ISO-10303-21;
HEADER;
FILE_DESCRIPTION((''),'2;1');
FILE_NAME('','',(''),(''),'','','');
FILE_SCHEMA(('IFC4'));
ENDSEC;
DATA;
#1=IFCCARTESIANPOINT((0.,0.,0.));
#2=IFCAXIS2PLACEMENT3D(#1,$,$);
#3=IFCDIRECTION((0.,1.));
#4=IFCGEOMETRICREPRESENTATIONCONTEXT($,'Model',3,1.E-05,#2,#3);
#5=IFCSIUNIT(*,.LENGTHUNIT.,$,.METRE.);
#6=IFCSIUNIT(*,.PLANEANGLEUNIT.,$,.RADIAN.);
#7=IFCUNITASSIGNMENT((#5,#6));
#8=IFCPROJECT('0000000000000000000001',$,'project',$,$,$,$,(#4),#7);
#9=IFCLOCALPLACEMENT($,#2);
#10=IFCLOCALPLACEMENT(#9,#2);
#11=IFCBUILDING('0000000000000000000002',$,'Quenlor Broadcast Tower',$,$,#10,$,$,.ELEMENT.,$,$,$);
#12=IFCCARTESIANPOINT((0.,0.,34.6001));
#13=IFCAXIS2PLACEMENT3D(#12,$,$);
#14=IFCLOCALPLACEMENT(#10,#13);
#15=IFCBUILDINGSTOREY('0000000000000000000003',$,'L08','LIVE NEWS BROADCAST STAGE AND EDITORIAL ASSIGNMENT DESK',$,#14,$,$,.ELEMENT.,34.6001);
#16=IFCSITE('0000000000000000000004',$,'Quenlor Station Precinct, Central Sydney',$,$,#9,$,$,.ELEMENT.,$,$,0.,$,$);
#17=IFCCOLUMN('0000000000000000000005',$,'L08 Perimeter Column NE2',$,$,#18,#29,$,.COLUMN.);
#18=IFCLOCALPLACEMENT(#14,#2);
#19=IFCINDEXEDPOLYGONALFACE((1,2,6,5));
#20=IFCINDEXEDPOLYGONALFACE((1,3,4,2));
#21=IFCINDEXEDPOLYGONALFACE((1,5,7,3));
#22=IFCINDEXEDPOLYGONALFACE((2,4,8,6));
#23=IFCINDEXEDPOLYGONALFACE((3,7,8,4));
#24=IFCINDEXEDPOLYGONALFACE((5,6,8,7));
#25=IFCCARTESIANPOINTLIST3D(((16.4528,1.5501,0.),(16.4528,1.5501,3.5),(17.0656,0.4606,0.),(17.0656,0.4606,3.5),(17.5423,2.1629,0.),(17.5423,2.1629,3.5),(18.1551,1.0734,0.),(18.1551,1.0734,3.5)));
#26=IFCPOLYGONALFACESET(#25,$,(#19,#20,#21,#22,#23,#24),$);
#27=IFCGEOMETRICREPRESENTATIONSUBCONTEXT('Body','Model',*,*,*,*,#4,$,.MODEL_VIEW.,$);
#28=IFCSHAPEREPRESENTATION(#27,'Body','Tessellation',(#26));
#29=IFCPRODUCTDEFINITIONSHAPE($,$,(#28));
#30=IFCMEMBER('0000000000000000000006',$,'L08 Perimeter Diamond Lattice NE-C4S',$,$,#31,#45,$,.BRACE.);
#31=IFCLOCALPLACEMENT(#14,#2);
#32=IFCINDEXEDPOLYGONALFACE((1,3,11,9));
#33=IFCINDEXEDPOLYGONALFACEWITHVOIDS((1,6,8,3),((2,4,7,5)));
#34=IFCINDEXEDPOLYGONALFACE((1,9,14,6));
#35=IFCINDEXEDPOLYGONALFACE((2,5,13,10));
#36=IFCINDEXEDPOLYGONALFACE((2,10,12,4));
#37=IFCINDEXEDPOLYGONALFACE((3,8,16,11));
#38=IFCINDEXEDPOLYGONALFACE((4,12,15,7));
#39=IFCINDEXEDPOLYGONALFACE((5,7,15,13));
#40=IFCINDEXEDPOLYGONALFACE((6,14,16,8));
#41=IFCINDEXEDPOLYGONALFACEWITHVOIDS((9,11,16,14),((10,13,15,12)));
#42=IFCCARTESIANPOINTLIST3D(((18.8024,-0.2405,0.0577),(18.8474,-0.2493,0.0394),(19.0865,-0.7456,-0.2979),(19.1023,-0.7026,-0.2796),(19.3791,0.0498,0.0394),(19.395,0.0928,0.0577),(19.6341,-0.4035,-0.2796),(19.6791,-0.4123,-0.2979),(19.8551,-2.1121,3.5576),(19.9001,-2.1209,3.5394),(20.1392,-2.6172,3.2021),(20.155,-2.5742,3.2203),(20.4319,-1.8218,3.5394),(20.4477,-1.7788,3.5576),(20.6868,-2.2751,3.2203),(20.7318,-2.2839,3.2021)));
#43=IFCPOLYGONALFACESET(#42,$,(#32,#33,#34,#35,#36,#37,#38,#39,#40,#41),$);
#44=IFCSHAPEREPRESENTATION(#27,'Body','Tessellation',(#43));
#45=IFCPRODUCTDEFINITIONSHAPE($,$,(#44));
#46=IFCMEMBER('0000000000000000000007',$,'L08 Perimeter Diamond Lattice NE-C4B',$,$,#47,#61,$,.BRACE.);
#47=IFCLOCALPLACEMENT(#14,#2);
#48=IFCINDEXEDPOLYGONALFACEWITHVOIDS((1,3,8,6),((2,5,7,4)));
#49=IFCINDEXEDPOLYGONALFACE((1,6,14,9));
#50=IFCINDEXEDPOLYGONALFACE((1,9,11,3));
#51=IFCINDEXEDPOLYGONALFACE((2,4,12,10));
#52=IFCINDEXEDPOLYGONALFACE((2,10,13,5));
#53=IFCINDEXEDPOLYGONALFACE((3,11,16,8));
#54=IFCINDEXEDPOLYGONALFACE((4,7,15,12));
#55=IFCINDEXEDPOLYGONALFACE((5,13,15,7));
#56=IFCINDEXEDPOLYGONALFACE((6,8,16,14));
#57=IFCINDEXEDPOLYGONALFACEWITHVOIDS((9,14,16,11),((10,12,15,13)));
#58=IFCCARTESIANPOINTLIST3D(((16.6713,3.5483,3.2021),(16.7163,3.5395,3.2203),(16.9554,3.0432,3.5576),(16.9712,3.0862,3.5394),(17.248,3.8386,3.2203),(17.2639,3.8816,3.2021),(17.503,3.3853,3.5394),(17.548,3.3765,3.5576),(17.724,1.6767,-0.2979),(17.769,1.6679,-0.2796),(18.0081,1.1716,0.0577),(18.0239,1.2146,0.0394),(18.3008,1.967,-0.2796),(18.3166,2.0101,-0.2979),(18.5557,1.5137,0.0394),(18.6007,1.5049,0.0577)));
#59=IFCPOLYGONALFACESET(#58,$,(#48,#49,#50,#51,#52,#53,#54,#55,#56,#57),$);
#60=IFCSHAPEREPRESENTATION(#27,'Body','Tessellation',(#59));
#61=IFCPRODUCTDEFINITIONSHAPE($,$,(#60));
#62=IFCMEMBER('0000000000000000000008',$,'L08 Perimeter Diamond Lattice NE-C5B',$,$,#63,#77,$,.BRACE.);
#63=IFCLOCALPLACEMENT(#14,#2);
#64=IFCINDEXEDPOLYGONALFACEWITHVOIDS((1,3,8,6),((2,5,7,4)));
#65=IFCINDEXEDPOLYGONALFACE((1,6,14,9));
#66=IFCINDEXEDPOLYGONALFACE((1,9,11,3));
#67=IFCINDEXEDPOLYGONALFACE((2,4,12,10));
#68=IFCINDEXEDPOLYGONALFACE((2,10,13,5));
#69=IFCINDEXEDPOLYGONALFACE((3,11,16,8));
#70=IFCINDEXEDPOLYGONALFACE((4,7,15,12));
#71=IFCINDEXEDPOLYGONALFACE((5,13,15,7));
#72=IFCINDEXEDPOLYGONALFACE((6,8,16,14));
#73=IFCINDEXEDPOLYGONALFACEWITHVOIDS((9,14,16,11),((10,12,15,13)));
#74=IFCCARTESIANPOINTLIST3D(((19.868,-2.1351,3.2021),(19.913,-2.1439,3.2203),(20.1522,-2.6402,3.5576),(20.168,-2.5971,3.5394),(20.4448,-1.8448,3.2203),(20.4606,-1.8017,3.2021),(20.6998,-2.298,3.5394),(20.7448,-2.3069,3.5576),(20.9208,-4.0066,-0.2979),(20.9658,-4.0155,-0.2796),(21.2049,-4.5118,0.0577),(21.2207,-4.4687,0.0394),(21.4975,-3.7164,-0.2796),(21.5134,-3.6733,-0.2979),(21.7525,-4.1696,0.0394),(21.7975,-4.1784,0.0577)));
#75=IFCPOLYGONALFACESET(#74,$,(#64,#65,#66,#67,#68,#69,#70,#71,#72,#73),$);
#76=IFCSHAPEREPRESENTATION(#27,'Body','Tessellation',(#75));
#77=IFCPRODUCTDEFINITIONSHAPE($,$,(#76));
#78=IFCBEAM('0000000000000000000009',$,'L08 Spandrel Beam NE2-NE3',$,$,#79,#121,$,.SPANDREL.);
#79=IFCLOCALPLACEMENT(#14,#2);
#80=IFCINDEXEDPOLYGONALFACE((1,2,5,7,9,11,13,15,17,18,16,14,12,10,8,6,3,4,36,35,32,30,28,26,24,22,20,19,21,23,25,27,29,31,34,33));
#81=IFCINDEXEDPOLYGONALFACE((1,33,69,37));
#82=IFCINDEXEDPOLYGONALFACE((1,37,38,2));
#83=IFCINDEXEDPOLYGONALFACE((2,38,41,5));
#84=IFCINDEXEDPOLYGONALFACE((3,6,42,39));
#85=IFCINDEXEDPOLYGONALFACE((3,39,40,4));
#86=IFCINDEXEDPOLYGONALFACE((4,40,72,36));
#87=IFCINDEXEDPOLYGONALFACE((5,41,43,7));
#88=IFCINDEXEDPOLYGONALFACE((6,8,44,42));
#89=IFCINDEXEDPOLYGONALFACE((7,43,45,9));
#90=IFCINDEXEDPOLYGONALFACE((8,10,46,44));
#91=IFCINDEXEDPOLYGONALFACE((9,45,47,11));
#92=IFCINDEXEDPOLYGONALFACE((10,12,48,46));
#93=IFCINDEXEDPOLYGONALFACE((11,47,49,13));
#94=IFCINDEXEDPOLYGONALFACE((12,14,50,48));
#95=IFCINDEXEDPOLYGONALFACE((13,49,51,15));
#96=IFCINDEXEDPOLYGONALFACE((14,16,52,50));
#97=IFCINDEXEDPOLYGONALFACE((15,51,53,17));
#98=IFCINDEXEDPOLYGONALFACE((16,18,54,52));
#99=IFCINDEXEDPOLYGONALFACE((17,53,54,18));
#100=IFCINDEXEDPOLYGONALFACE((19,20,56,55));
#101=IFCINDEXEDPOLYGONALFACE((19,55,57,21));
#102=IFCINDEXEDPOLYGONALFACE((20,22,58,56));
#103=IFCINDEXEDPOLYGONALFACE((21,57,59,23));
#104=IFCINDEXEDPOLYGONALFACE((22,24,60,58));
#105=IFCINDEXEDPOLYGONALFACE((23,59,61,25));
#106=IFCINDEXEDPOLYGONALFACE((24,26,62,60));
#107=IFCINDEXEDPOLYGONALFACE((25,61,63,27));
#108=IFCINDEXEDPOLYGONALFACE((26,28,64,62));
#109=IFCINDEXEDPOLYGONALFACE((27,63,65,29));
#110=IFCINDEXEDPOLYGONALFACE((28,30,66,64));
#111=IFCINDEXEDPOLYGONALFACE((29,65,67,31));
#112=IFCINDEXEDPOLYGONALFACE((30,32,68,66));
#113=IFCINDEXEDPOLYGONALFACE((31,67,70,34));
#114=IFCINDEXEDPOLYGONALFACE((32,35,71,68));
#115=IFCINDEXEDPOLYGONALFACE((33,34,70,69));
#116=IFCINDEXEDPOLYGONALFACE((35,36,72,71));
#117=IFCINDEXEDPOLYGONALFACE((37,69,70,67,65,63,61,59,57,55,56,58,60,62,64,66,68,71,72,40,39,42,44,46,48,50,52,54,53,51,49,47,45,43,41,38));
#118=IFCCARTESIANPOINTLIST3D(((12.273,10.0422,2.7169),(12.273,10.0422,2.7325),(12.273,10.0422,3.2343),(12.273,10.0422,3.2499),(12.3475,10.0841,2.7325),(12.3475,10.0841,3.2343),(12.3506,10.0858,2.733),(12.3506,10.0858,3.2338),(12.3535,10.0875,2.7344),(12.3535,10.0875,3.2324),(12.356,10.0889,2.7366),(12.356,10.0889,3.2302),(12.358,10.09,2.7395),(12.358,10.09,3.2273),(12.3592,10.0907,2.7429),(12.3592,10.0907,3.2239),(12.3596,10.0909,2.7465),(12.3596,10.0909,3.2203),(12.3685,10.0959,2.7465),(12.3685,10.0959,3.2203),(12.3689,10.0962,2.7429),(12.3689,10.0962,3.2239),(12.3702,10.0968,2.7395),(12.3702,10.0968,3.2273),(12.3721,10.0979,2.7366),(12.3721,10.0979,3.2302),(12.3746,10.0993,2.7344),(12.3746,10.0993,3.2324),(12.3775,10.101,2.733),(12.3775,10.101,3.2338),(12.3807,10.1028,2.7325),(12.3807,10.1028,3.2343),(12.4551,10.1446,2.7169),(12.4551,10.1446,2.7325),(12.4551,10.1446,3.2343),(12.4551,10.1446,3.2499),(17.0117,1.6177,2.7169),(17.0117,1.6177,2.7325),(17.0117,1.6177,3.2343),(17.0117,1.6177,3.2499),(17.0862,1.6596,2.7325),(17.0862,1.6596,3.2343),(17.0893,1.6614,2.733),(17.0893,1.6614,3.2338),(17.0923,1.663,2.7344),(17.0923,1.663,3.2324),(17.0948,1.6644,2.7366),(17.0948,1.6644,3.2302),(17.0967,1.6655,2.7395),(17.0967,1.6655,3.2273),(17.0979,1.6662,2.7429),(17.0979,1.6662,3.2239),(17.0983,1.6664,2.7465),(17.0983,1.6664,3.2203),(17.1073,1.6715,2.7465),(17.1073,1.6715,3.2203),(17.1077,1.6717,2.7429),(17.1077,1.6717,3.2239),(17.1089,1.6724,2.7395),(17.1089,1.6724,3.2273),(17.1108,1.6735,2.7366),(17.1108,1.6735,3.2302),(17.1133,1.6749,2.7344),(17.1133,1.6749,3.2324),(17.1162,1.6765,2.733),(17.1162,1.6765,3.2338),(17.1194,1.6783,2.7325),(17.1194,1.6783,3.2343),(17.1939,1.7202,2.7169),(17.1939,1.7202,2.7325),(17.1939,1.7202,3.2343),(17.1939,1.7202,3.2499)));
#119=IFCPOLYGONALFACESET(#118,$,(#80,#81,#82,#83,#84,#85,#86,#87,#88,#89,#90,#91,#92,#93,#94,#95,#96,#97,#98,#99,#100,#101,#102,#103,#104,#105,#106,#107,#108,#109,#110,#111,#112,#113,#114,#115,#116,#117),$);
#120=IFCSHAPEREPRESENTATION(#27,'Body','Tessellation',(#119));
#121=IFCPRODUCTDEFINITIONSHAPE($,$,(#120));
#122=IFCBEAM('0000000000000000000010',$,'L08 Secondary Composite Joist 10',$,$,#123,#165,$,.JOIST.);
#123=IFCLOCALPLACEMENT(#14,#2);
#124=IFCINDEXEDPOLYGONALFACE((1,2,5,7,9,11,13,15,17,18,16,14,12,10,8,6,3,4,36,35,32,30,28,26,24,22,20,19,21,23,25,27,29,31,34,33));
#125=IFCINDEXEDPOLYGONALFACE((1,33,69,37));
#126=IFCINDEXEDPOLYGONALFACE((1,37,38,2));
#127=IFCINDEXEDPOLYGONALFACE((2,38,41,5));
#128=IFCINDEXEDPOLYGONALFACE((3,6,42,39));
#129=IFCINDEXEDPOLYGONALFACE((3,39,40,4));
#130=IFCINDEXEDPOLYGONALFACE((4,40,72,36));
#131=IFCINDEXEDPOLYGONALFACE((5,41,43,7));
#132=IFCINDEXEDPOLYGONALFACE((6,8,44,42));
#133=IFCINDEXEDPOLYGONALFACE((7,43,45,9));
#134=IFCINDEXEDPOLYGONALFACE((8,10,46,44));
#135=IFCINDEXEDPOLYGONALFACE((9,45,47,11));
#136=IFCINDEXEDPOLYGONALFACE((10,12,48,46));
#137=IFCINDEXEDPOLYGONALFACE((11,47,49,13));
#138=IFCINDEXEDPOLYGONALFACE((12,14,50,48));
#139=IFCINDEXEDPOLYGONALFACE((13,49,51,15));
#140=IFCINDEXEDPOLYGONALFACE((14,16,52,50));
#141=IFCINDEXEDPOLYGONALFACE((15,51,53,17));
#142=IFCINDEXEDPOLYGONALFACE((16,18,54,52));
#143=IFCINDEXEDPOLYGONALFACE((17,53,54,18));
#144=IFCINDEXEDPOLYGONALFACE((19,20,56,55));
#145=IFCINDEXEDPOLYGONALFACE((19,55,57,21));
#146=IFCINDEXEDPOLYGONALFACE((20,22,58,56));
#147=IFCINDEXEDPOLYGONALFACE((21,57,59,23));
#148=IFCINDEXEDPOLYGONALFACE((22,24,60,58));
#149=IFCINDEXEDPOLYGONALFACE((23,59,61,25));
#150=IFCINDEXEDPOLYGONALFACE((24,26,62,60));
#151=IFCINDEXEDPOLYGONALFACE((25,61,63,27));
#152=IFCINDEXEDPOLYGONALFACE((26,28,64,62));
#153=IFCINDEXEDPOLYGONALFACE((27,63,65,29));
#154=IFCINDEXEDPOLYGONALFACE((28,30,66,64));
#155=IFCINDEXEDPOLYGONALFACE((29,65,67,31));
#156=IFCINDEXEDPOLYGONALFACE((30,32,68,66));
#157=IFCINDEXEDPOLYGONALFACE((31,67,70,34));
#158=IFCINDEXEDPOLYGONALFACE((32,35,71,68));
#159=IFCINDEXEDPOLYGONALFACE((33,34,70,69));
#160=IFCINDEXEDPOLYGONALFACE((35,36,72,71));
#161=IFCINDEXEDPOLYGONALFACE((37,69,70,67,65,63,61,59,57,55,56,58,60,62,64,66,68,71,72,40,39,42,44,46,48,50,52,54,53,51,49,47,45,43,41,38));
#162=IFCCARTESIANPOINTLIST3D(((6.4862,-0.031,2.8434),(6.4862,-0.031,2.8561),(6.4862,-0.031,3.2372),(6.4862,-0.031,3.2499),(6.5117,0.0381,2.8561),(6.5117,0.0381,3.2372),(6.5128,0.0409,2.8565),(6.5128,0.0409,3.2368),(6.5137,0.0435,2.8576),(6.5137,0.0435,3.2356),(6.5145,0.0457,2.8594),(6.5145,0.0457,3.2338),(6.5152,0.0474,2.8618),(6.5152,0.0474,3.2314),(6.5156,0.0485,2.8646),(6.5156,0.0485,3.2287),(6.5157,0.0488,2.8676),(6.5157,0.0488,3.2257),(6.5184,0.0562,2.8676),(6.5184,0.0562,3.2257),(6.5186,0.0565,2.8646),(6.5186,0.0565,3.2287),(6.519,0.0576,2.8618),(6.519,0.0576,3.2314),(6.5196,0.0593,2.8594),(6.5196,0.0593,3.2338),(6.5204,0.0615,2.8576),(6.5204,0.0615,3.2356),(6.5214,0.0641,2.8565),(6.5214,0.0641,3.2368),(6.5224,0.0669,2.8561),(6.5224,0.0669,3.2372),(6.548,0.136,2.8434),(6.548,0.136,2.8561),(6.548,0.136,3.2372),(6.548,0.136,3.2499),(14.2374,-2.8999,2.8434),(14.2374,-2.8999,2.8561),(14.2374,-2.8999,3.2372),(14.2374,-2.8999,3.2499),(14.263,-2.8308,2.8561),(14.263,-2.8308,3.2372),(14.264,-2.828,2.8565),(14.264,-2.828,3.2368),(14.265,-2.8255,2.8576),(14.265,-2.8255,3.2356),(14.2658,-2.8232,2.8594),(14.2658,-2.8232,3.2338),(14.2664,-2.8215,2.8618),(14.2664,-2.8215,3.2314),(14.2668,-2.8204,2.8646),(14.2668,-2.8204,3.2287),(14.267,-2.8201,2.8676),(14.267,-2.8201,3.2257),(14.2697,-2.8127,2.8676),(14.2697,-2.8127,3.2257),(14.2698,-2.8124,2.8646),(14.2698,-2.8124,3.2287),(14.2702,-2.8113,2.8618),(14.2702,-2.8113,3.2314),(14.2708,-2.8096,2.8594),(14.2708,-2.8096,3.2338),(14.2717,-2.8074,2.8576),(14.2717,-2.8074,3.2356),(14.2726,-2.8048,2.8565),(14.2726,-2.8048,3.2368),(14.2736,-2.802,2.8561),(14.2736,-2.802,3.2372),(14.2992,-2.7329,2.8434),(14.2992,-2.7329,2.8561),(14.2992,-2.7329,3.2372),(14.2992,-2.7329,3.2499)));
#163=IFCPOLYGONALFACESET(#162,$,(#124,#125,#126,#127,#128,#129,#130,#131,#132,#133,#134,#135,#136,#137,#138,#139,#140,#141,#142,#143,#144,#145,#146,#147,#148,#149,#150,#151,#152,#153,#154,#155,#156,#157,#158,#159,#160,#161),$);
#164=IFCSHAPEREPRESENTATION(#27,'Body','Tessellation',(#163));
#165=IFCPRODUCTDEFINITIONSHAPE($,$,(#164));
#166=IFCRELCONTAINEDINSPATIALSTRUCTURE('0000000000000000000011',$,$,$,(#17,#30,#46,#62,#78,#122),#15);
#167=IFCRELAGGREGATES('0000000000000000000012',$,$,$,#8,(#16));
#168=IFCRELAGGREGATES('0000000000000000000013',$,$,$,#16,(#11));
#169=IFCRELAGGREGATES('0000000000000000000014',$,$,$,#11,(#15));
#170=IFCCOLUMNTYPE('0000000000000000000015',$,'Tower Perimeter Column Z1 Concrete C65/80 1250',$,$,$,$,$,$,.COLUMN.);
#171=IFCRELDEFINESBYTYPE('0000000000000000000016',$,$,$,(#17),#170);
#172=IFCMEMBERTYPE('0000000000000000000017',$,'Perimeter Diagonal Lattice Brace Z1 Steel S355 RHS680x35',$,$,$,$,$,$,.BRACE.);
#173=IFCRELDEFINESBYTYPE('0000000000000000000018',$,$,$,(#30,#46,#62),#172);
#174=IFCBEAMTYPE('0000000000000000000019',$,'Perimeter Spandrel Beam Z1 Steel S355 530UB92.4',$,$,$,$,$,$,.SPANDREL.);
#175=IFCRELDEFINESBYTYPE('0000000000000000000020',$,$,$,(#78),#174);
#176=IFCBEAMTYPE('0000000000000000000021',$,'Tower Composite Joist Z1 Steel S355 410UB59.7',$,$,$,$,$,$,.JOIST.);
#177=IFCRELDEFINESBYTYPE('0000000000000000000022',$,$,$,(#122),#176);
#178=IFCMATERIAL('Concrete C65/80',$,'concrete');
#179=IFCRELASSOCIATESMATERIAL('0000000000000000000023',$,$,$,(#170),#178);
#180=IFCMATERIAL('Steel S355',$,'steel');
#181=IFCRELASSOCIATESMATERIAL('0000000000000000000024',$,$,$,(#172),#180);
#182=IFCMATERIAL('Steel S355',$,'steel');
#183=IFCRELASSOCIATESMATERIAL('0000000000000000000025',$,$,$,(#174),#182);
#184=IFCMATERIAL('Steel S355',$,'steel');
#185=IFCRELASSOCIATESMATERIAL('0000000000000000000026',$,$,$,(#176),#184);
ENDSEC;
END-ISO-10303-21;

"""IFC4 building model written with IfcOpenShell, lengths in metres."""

from ifc_helpers import new_model, si_unit, direction, frame, origin, origin_2d, place, context, subcontext, project, spatial, rectangle, hollow_rectangle, i_section, extrude, material, material_profile, profile_set, type_object, element, save


model = new_model("IFC4")

# Units and contexts
model_context = context("Model", 3, precision=1e-05, world=origin(), true_north=direction((0.0, 1.0)))
body_context = subcontext(model_context, "Body", "Model", "MODEL_VIEW")
ifc_project = project(units=[si_unit("LENGTHUNIT", "METRE"), si_unit("PLANEANGLEUNIT", "RADIAN")], contexts=[model_context])

# Site, building, storey
site_placement = place(None, origin())
site = spatial("IfcSite", under=ifc_project, at=site_placement, Name="Quenlor Station Precinct, Central Sydney", CompositionType="ELEMENT", RefElevation=0.0)
building_placement = place(site_placement, origin())
building = spatial("IfcBuilding", under=site, at=building_placement, Name="Quenlor Broadcast Tower", CompositionType="ELEMENT")
storey_placement = place(building_placement, frame((0.0, 0.0, 34.6001)))
storey = spatial("IfcBuildingStorey", under=building, at=storey_placement, Name="L08", Description="LIVE NEWS BROADCAST STAGE AND EDITORIAL ASSIGNMENT DESK", CompositionType="ELEMENT", Elevation=34.6001)

# Column
ifc_material_1 = material(Name="Concrete C65/80", Category="concrete")
ifc_material_profile_1 = material_profile(ifc_material_1, rectangle(XDim=1.25, YDim=1.25, at=origin_2d()))
ifc_profile_set_1 = profile_set([ifc_material_profile_1], Name="Concrete C65/80 RC1250x1250")
column_type = type_object("IfcColumnType", Name="Tower Perimeter Column Z1 Concrete C65/80 1250", PredefinedType="COLUMN", material=ifc_profile_set_1)
column_placement = place(storey_placement, frame((17.304, 1.3118, 0.0), z_axis=(0.0, 0.0, 1.0), x_axis=(0.871575, 0.490262, 0.0)))
element("IfcColumn", 1, at=column_placement, inside=storey, type_object=column_type, Name="L08 Perimeter Column NE2", PredefinedType="COLUMN", context=body_context, shape_type="SweptSolid", body=[
    extrude(rectangle(XDim=1.25, YDim=1.25, at=origin_2d()), origin(), (0.0, 0.0, 1.0), 3.5),
])

# Members
ifc_material_2 = material(Name="Steel S355", Category="steel")
ifc_material_profile_2 = material_profile(ifc_material_2, hollow_rectangle(XDim=0.6799, YDim=0.6799, WallThickness=0.0349, at=origin_2d()))
ifc_profile_set_2 = profile_set([ifc_material_profile_2], Name="Steel S355 RHS680x680x35")
member_type = type_object("IfcMemberType", Name="Perimeter Diagonal Lattice Brace Z1 Steel S355 RHS680x35", PredefinedType="BRACE", material=ifc_profile_set_2)
for number, where, z_axis, x_axis, name in (
    (2, (19.2407, -0.3264, -0.1201), (0.256375, -0.455792, 0.852365), (0.871582, 0.49025, 0.0), "L08 Perimeter Diamond Lattice NE-C4S"),
    (3, (18.1624, 1.5908, -0.1201), (-0.256375, 0.455792, 0.852365), (-0.871582, -0.49025, 0.0), "L08 Perimeter Diamond Lattice NE-C4B"),
    (4, (21.3591, -4.0925, -0.1201), (-0.256375, 0.455792, 0.852365), (-0.871582, -0.49025, 0.0), "L08 Perimeter Diamond Lattice NE-C5B"),
):
    element("IfcMember", number, at=place(storey_placement, frame(where, z_axis=z_axis, x_axis=x_axis)), inside=storey, type_object=member_type, Name=name, PredefinedType="BRACE", context=body_context, shape_type="SweptSolid", body=[
        extrude(hollow_rectangle(XDim=0.6799, YDim=0.6799, WallThickness=0.0349, at=origin_2d()), origin(), (0.0, 0.0, 1.0), 4.1062),
    ])

# Beams
ifc_material_3 = material(Name="Steel S355", Category="steel")
ifc_material_profile_3 = material_profile(ifc_material_3, i_section(OverallWidth=0.209, OverallDepth=0.533, WebThickness=0.0103, FlangeThickness=0.0156, FilletRadius=0.0139, at=origin_2d()))
ifc_profile_set_3 = profile_set([ifc_material_profile_3], Name="Steel S355 530UB92.4")
beam_type_1 = type_object("IfcBeamType", Name="Perimeter Spandrel Beam Z1 Steel S355 530UB92.4", PredefinedType="SPANDREL", material=ifc_profile_set_3)
beam_1_placement = place(storey_placement, frame((17.1028, 1.6689, 2.9834), z_axis=(-0.490258, 0.871578, 0.0), x_axis=(-0.871578, -0.490258, 0.0)))
element("IfcBeam", 5, at=beam_1_placement, inside=storey, type_object=beam_type_1, Name="L08 Spandrel Beam NE2-NE3", PredefinedType="SPANDREL", context=body_context, shape_type="SweptSolid", body=[
    extrude(i_section(OverallWidth=0.209, OverallDepth=0.533, WebThickness=0.0103, FlangeThickness=0.0156, FilletRadius=0.0139, at=origin_2d()), origin(), (0.0, 0.0, 1.0), 9.6658),
])
ifc_material_4 = material(Name="Steel S355", Category="steel")
ifc_material_profile_4 = material_profile(ifc_material_4, i_section(OverallWidth=0.178, OverallDepth=0.4065, WebThickness=0.0078, FlangeThickness=0.0127, FilletRadius=0.0115, at=origin_2d()))
ifc_profile_set_4 = profile_set([ifc_material_profile_4], Name="Steel S355 410UB59.7")
beam_type_2 = type_object("IfcBeamType", Name="Tower Composite Joist Z1 Steel S355 410UB59.7", PredefinedType="JOIST", material=ifc_profile_set_4)
beam_2_placement = place(storey_placement, frame((14.2683, -2.8164, 3.0466), z_axis=(-0.937825, 0.347109, 0.0), x_axis=(-0.347109, -0.937825, 0.0)))
element("IfcBeam", 6, at=beam_2_placement, inside=storey, type_object=beam_type_2, Name="L08 Secondary Composite Joist 10", PredefinedType="JOIST", context=body_context, shape_type="SweptSolid", body=[
    extrude(i_section(OverallWidth=0.178, OverallDepth=0.4065, WebThickness=0.0078, FlangeThickness=0.0127, FilletRadius=0.0115, at=origin_2d()), origin(), (0.0, 0.0, 1.0), 8.2651),
])

save(model, "model.ifc")
